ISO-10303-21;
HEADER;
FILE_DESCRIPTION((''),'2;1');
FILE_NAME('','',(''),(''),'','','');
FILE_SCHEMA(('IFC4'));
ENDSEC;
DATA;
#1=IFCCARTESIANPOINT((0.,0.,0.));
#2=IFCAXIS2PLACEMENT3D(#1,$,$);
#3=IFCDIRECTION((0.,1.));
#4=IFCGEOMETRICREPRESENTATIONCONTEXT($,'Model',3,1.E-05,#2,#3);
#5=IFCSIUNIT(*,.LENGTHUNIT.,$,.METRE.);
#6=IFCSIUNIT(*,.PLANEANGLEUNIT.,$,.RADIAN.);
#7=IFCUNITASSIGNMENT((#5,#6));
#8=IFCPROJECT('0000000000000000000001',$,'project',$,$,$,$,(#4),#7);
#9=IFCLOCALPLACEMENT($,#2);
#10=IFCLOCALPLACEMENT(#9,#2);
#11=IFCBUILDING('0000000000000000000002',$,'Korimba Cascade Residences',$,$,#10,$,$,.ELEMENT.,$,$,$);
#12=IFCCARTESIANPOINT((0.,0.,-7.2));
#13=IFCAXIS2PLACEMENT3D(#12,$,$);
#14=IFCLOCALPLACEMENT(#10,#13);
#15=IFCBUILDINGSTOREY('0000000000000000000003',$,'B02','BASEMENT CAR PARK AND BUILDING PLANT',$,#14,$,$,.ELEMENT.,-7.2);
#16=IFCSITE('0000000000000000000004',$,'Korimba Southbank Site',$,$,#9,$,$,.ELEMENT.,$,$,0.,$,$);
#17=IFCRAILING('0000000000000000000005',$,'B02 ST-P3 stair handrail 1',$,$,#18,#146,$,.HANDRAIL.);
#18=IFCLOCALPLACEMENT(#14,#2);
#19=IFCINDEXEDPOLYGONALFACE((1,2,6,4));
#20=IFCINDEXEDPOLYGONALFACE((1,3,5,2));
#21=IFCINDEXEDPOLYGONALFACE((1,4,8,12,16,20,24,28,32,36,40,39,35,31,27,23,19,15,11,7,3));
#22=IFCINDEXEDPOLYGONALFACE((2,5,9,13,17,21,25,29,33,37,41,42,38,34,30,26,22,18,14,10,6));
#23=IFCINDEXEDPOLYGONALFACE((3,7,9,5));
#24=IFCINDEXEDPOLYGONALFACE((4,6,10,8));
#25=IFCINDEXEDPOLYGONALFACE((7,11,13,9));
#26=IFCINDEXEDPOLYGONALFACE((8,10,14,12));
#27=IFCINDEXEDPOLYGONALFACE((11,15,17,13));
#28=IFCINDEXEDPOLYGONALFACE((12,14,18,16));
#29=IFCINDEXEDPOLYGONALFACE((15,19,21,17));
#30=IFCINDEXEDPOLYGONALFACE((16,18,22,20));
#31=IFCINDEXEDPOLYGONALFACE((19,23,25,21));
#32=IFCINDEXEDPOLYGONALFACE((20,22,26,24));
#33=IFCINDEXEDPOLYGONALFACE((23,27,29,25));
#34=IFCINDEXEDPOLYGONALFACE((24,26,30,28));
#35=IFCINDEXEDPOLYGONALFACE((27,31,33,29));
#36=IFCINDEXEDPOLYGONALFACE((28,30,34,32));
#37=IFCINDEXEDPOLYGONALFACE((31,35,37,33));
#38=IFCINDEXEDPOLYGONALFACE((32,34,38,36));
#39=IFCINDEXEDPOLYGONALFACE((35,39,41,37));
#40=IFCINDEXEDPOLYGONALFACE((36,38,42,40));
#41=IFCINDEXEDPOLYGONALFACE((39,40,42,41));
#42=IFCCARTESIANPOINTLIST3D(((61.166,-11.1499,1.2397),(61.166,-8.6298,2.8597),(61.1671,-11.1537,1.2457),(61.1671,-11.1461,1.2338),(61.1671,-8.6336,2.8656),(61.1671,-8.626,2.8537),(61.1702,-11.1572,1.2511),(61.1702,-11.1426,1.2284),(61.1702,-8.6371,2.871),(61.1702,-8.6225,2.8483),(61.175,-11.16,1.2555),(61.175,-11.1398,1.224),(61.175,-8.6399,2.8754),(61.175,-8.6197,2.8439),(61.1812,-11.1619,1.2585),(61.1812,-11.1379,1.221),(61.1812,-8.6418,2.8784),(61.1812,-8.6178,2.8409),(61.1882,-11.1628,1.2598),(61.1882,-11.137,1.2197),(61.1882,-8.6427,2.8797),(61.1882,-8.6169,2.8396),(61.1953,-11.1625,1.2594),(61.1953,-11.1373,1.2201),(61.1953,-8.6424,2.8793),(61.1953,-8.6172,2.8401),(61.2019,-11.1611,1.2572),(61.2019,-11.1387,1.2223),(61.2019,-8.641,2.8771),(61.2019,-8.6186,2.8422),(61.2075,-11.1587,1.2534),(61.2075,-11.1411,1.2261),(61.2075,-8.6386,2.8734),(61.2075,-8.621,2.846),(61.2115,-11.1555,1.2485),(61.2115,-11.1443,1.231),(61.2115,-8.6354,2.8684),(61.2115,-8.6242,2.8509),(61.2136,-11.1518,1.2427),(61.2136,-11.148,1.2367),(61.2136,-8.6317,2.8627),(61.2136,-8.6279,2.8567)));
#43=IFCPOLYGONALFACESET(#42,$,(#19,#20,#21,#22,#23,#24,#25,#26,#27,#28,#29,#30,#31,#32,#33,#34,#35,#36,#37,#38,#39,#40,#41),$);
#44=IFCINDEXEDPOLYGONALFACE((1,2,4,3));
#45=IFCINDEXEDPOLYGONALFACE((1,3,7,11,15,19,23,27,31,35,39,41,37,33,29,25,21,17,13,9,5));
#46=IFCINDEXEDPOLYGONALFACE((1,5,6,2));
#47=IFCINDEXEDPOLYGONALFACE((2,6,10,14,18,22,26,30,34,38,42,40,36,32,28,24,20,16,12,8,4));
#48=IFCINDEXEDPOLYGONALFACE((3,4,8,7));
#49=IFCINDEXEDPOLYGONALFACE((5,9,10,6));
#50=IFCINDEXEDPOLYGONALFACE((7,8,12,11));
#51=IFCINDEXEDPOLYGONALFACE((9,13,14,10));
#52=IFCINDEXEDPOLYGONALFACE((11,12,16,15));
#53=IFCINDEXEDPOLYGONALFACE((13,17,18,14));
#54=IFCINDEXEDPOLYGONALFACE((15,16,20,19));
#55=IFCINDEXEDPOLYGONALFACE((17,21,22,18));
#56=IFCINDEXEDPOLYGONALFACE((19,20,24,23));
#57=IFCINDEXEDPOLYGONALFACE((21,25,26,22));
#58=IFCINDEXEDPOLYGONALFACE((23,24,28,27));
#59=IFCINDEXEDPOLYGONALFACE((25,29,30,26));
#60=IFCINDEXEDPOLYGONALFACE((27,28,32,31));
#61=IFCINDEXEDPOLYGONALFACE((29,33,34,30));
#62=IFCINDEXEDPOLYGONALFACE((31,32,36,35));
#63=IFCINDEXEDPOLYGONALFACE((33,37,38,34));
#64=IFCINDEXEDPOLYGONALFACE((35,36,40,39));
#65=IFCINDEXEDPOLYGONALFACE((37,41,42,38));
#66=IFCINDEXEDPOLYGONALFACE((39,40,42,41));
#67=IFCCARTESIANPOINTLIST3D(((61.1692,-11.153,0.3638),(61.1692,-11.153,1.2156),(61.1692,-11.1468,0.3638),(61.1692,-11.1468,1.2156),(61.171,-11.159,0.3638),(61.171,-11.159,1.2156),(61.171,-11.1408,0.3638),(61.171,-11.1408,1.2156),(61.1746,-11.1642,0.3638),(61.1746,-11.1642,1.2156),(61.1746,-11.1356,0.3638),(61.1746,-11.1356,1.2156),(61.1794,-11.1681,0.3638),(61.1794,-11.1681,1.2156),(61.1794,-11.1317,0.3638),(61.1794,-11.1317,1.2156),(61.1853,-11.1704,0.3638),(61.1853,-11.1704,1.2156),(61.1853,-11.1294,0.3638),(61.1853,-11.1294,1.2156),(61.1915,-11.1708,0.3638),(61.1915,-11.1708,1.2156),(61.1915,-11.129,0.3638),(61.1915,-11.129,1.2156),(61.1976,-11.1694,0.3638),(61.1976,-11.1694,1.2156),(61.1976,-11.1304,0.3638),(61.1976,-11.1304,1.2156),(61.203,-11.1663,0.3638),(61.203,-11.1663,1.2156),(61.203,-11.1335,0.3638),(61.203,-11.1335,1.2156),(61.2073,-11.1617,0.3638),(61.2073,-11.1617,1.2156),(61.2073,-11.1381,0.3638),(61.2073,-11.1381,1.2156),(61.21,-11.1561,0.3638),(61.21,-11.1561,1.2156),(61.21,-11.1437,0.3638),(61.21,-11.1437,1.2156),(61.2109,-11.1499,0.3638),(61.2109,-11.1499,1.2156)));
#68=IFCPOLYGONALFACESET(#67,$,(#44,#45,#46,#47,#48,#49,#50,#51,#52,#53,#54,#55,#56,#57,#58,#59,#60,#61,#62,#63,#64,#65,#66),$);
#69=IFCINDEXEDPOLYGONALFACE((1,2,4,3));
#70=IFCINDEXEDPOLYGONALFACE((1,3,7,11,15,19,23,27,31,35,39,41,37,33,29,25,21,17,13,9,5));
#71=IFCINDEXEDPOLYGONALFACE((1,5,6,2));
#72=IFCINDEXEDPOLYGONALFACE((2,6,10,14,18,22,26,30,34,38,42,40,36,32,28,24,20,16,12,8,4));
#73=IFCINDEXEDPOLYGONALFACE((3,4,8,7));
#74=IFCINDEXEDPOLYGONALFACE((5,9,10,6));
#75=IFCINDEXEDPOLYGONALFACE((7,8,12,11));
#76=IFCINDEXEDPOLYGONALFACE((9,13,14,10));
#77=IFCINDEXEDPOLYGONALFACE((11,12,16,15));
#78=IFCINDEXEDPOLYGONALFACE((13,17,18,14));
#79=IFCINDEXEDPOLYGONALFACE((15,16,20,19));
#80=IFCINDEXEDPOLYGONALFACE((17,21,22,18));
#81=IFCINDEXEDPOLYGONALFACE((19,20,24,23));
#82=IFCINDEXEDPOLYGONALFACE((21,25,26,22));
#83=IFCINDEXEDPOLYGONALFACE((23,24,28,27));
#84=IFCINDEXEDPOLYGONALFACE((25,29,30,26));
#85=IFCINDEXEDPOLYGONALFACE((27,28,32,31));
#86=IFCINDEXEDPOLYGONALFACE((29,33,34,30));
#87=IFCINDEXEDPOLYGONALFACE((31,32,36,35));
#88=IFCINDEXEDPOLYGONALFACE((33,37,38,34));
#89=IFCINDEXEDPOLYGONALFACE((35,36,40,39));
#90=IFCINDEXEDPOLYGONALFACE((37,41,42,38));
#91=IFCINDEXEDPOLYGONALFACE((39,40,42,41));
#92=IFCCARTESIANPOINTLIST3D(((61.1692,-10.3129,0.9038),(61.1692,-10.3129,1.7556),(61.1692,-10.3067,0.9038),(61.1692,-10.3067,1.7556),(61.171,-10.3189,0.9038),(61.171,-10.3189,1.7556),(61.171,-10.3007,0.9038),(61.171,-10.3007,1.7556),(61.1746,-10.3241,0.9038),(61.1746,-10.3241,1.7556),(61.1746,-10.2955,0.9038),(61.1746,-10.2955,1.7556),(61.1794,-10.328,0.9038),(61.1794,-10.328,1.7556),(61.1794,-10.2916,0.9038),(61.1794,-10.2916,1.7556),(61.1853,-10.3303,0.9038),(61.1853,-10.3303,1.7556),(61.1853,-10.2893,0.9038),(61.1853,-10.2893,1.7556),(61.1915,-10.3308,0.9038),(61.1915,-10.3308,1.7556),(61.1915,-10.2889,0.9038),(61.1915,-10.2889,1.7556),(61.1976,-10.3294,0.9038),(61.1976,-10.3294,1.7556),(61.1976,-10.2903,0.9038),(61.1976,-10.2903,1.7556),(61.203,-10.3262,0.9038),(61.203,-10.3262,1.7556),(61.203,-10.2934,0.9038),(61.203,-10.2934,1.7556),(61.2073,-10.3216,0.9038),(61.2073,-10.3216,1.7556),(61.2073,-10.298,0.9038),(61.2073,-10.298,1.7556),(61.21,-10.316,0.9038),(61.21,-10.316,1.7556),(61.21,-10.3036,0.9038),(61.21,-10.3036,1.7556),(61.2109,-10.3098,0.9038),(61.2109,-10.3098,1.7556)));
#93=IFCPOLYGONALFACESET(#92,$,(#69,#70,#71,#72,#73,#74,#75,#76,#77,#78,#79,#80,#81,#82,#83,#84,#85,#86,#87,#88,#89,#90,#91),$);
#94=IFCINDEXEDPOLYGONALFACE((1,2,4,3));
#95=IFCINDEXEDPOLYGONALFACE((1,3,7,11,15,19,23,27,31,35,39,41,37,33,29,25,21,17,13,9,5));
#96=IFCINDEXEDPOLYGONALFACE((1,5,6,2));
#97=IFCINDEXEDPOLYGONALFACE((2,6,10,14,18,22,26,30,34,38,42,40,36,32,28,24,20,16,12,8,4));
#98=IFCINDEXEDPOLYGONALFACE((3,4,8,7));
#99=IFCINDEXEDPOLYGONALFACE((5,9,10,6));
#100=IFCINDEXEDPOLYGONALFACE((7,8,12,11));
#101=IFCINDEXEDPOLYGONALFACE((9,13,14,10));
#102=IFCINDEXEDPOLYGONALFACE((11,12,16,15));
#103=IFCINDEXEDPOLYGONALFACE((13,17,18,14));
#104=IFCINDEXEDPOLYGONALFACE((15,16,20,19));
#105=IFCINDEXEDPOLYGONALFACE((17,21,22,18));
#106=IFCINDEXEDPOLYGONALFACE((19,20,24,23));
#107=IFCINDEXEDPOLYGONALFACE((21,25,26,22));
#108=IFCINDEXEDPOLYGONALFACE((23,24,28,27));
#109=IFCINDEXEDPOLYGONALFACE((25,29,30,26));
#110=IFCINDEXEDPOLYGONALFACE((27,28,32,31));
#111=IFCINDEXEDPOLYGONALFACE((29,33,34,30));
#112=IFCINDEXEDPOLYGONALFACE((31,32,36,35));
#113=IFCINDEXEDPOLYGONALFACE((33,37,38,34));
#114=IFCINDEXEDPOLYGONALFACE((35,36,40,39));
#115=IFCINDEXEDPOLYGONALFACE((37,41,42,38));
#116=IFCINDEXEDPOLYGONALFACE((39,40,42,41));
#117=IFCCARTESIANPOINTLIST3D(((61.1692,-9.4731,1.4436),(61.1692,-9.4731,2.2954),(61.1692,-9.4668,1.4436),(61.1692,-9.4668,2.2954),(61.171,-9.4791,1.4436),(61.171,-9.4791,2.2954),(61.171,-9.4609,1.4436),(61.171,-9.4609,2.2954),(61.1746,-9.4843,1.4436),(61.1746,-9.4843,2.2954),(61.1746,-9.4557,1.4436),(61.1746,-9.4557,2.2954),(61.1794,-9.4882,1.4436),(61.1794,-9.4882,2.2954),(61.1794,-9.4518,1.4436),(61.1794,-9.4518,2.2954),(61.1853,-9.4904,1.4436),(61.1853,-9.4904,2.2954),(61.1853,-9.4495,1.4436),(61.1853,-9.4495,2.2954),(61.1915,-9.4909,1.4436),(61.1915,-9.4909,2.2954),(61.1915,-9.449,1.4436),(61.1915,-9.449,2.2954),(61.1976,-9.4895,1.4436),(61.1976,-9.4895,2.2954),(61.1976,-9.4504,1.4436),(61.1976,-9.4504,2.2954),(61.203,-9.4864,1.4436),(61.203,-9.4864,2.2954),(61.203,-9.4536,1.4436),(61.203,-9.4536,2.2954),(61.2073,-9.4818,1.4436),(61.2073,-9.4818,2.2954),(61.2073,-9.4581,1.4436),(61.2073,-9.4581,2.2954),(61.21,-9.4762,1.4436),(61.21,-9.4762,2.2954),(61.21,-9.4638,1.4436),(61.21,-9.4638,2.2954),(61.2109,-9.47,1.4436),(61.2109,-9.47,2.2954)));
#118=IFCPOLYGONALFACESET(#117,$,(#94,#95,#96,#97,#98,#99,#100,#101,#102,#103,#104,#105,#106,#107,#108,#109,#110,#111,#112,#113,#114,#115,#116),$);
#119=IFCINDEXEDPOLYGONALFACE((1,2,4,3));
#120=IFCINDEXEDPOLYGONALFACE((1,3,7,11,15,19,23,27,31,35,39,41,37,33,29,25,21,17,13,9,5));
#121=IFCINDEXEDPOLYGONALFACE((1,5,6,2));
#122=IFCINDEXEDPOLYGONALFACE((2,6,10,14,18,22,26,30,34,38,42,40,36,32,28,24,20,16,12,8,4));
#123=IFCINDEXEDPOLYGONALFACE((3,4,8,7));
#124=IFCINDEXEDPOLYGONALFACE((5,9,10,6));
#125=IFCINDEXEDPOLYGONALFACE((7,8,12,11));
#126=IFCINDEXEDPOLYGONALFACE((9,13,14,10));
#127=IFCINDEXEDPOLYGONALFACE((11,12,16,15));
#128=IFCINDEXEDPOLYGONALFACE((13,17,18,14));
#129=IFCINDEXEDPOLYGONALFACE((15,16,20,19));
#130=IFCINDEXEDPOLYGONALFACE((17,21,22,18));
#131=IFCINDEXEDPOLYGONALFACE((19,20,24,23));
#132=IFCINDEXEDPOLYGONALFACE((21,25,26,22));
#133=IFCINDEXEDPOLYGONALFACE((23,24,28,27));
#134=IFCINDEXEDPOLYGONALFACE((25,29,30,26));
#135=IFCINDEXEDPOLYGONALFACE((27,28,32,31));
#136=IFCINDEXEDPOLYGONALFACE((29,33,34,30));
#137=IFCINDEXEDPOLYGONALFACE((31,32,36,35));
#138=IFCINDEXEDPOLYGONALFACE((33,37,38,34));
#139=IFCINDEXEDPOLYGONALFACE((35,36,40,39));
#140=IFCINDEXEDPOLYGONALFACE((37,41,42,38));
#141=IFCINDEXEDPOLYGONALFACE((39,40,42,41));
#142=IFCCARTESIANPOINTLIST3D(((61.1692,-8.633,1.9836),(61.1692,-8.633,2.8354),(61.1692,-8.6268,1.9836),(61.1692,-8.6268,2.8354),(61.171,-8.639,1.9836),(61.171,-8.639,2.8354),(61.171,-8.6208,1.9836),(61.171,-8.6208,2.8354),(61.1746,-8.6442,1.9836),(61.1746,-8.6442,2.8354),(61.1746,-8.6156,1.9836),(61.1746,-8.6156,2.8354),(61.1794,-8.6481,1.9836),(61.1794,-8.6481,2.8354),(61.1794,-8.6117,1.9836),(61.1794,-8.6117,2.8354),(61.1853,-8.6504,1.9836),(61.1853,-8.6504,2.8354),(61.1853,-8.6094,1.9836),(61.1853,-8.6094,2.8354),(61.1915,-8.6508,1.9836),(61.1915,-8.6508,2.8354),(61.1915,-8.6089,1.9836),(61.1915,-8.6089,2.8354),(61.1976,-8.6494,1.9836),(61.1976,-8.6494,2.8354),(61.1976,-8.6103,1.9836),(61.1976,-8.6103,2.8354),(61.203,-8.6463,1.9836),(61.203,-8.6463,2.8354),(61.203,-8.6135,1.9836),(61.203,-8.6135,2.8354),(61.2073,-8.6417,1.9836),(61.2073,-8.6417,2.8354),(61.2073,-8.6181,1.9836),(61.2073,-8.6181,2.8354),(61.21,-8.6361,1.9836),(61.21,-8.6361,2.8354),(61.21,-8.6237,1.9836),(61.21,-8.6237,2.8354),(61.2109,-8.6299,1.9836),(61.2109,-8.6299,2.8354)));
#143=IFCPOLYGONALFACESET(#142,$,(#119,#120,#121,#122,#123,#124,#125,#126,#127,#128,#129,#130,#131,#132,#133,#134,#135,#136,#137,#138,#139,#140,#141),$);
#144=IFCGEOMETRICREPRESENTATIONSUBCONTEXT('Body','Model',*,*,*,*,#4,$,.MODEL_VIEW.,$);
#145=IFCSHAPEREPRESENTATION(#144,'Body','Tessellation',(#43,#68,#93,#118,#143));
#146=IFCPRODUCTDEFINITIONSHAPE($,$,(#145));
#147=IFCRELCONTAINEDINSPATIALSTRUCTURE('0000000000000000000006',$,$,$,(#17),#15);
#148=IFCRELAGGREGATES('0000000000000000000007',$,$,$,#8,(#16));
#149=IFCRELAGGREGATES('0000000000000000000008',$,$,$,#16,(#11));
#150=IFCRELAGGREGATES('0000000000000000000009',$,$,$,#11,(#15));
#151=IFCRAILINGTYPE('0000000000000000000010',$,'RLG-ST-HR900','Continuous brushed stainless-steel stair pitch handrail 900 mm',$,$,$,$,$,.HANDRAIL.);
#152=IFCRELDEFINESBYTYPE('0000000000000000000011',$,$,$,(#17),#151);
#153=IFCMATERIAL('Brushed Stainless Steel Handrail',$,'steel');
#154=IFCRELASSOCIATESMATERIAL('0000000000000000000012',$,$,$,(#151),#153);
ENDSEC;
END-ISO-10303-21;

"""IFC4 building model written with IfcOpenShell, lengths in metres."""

from ifc_helpers import new_model, si_unit, direction, frame, origin, origin_2d, place, context, subcontext, project, spatial, circle, extrude, material, type_object, element, save


model = new_model("IFC4")

# Units and contexts
model_context = context("Model", 3, precision=1e-05, world=origin(), true_north=direction((0.0, 1.0)))
body_context = subcontext(model_context, "Body", "Model", "MODEL_VIEW")
ifc_project = project(units=[si_unit("LENGTHUNIT", "METRE"), si_unit("PLANEANGLEUNIT", "RADIAN")], contexts=[model_context])

# Site, building, storey
site_placement = place(None, origin())
site = spatial("IfcSite", under=ifc_project, at=site_placement, Name="Korimba Southbank Site", CompositionType="ELEMENT", RefElevation=0.0)
building_placement = place(site_placement, origin())
building = spatial("IfcBuilding", under=site, at=building_placement, Name="Korimba Cascade Residences", CompositionType="ELEMENT")
storey_placement = place(building_placement, frame((0.0, 0.0, -7.2)))
storey = spatial("IfcBuildingStorey", under=building, at=storey_placement, Name="B02", Description="BASEMENT CAR PARK AND BUILDING PLANT", CompositionType="ELEMENT", Elevation=-7.2)

# Railing
ifc_material_1 = material(Name="Brushed Stainless Steel Handrail", Category="steel")
railing_type_1 = type_object("IfcRailingType", Name="RLG-ST-HR900", Description="Continuous brushed stainless-steel stair pitch handrail 900 mm", PredefinedType="HANDRAIL", material=ifc_material_1)
for number, where, name in (
    (1, (61.1899, -11.1499, 0.3638), "B02 ST-P3 stair handrail 1"),
):
    element("IfcRailing", number, at=place(storey_placement, frame(where)), inside=storey, type_object=railing_type_1, Name=name, PredefinedType="HANDRAIL", context=body_context, shape_type="SweptSolid", body=[
        extrude(circle(Radius=0.0239, at=origin_2d()), frame((0.0, 0.0, 0.876), z_axis=(0.0, 0.8412, 0.540725), x_axis=(-1.0, 0.0, 0.0)), (0.0, 0.0, 1.0), 2.9958),
        extrude(circle(Radius=0.021, at=origin_2d()), origin(), (0.0, 0.0, 1.0), 0.8518),
        extrude(circle(Radius=0.021, at=origin_2d()), frame((0.0, 0.8401, 0.54)), (0.0, 0.0, 1.0), 0.8518),
        extrude(circle(Radius=0.021, at=origin_2d()), frame((0.0, 1.6799, 1.0798)), (0.0, 0.0, 1.0), 0.8518),
        extrude(circle(Radius=0.021, at=origin_2d()), frame((0.0, 2.52, 1.6199)), (0.0, 0.0, 1.0), 0.8518),
    ])

save(model, "model.ifc")
